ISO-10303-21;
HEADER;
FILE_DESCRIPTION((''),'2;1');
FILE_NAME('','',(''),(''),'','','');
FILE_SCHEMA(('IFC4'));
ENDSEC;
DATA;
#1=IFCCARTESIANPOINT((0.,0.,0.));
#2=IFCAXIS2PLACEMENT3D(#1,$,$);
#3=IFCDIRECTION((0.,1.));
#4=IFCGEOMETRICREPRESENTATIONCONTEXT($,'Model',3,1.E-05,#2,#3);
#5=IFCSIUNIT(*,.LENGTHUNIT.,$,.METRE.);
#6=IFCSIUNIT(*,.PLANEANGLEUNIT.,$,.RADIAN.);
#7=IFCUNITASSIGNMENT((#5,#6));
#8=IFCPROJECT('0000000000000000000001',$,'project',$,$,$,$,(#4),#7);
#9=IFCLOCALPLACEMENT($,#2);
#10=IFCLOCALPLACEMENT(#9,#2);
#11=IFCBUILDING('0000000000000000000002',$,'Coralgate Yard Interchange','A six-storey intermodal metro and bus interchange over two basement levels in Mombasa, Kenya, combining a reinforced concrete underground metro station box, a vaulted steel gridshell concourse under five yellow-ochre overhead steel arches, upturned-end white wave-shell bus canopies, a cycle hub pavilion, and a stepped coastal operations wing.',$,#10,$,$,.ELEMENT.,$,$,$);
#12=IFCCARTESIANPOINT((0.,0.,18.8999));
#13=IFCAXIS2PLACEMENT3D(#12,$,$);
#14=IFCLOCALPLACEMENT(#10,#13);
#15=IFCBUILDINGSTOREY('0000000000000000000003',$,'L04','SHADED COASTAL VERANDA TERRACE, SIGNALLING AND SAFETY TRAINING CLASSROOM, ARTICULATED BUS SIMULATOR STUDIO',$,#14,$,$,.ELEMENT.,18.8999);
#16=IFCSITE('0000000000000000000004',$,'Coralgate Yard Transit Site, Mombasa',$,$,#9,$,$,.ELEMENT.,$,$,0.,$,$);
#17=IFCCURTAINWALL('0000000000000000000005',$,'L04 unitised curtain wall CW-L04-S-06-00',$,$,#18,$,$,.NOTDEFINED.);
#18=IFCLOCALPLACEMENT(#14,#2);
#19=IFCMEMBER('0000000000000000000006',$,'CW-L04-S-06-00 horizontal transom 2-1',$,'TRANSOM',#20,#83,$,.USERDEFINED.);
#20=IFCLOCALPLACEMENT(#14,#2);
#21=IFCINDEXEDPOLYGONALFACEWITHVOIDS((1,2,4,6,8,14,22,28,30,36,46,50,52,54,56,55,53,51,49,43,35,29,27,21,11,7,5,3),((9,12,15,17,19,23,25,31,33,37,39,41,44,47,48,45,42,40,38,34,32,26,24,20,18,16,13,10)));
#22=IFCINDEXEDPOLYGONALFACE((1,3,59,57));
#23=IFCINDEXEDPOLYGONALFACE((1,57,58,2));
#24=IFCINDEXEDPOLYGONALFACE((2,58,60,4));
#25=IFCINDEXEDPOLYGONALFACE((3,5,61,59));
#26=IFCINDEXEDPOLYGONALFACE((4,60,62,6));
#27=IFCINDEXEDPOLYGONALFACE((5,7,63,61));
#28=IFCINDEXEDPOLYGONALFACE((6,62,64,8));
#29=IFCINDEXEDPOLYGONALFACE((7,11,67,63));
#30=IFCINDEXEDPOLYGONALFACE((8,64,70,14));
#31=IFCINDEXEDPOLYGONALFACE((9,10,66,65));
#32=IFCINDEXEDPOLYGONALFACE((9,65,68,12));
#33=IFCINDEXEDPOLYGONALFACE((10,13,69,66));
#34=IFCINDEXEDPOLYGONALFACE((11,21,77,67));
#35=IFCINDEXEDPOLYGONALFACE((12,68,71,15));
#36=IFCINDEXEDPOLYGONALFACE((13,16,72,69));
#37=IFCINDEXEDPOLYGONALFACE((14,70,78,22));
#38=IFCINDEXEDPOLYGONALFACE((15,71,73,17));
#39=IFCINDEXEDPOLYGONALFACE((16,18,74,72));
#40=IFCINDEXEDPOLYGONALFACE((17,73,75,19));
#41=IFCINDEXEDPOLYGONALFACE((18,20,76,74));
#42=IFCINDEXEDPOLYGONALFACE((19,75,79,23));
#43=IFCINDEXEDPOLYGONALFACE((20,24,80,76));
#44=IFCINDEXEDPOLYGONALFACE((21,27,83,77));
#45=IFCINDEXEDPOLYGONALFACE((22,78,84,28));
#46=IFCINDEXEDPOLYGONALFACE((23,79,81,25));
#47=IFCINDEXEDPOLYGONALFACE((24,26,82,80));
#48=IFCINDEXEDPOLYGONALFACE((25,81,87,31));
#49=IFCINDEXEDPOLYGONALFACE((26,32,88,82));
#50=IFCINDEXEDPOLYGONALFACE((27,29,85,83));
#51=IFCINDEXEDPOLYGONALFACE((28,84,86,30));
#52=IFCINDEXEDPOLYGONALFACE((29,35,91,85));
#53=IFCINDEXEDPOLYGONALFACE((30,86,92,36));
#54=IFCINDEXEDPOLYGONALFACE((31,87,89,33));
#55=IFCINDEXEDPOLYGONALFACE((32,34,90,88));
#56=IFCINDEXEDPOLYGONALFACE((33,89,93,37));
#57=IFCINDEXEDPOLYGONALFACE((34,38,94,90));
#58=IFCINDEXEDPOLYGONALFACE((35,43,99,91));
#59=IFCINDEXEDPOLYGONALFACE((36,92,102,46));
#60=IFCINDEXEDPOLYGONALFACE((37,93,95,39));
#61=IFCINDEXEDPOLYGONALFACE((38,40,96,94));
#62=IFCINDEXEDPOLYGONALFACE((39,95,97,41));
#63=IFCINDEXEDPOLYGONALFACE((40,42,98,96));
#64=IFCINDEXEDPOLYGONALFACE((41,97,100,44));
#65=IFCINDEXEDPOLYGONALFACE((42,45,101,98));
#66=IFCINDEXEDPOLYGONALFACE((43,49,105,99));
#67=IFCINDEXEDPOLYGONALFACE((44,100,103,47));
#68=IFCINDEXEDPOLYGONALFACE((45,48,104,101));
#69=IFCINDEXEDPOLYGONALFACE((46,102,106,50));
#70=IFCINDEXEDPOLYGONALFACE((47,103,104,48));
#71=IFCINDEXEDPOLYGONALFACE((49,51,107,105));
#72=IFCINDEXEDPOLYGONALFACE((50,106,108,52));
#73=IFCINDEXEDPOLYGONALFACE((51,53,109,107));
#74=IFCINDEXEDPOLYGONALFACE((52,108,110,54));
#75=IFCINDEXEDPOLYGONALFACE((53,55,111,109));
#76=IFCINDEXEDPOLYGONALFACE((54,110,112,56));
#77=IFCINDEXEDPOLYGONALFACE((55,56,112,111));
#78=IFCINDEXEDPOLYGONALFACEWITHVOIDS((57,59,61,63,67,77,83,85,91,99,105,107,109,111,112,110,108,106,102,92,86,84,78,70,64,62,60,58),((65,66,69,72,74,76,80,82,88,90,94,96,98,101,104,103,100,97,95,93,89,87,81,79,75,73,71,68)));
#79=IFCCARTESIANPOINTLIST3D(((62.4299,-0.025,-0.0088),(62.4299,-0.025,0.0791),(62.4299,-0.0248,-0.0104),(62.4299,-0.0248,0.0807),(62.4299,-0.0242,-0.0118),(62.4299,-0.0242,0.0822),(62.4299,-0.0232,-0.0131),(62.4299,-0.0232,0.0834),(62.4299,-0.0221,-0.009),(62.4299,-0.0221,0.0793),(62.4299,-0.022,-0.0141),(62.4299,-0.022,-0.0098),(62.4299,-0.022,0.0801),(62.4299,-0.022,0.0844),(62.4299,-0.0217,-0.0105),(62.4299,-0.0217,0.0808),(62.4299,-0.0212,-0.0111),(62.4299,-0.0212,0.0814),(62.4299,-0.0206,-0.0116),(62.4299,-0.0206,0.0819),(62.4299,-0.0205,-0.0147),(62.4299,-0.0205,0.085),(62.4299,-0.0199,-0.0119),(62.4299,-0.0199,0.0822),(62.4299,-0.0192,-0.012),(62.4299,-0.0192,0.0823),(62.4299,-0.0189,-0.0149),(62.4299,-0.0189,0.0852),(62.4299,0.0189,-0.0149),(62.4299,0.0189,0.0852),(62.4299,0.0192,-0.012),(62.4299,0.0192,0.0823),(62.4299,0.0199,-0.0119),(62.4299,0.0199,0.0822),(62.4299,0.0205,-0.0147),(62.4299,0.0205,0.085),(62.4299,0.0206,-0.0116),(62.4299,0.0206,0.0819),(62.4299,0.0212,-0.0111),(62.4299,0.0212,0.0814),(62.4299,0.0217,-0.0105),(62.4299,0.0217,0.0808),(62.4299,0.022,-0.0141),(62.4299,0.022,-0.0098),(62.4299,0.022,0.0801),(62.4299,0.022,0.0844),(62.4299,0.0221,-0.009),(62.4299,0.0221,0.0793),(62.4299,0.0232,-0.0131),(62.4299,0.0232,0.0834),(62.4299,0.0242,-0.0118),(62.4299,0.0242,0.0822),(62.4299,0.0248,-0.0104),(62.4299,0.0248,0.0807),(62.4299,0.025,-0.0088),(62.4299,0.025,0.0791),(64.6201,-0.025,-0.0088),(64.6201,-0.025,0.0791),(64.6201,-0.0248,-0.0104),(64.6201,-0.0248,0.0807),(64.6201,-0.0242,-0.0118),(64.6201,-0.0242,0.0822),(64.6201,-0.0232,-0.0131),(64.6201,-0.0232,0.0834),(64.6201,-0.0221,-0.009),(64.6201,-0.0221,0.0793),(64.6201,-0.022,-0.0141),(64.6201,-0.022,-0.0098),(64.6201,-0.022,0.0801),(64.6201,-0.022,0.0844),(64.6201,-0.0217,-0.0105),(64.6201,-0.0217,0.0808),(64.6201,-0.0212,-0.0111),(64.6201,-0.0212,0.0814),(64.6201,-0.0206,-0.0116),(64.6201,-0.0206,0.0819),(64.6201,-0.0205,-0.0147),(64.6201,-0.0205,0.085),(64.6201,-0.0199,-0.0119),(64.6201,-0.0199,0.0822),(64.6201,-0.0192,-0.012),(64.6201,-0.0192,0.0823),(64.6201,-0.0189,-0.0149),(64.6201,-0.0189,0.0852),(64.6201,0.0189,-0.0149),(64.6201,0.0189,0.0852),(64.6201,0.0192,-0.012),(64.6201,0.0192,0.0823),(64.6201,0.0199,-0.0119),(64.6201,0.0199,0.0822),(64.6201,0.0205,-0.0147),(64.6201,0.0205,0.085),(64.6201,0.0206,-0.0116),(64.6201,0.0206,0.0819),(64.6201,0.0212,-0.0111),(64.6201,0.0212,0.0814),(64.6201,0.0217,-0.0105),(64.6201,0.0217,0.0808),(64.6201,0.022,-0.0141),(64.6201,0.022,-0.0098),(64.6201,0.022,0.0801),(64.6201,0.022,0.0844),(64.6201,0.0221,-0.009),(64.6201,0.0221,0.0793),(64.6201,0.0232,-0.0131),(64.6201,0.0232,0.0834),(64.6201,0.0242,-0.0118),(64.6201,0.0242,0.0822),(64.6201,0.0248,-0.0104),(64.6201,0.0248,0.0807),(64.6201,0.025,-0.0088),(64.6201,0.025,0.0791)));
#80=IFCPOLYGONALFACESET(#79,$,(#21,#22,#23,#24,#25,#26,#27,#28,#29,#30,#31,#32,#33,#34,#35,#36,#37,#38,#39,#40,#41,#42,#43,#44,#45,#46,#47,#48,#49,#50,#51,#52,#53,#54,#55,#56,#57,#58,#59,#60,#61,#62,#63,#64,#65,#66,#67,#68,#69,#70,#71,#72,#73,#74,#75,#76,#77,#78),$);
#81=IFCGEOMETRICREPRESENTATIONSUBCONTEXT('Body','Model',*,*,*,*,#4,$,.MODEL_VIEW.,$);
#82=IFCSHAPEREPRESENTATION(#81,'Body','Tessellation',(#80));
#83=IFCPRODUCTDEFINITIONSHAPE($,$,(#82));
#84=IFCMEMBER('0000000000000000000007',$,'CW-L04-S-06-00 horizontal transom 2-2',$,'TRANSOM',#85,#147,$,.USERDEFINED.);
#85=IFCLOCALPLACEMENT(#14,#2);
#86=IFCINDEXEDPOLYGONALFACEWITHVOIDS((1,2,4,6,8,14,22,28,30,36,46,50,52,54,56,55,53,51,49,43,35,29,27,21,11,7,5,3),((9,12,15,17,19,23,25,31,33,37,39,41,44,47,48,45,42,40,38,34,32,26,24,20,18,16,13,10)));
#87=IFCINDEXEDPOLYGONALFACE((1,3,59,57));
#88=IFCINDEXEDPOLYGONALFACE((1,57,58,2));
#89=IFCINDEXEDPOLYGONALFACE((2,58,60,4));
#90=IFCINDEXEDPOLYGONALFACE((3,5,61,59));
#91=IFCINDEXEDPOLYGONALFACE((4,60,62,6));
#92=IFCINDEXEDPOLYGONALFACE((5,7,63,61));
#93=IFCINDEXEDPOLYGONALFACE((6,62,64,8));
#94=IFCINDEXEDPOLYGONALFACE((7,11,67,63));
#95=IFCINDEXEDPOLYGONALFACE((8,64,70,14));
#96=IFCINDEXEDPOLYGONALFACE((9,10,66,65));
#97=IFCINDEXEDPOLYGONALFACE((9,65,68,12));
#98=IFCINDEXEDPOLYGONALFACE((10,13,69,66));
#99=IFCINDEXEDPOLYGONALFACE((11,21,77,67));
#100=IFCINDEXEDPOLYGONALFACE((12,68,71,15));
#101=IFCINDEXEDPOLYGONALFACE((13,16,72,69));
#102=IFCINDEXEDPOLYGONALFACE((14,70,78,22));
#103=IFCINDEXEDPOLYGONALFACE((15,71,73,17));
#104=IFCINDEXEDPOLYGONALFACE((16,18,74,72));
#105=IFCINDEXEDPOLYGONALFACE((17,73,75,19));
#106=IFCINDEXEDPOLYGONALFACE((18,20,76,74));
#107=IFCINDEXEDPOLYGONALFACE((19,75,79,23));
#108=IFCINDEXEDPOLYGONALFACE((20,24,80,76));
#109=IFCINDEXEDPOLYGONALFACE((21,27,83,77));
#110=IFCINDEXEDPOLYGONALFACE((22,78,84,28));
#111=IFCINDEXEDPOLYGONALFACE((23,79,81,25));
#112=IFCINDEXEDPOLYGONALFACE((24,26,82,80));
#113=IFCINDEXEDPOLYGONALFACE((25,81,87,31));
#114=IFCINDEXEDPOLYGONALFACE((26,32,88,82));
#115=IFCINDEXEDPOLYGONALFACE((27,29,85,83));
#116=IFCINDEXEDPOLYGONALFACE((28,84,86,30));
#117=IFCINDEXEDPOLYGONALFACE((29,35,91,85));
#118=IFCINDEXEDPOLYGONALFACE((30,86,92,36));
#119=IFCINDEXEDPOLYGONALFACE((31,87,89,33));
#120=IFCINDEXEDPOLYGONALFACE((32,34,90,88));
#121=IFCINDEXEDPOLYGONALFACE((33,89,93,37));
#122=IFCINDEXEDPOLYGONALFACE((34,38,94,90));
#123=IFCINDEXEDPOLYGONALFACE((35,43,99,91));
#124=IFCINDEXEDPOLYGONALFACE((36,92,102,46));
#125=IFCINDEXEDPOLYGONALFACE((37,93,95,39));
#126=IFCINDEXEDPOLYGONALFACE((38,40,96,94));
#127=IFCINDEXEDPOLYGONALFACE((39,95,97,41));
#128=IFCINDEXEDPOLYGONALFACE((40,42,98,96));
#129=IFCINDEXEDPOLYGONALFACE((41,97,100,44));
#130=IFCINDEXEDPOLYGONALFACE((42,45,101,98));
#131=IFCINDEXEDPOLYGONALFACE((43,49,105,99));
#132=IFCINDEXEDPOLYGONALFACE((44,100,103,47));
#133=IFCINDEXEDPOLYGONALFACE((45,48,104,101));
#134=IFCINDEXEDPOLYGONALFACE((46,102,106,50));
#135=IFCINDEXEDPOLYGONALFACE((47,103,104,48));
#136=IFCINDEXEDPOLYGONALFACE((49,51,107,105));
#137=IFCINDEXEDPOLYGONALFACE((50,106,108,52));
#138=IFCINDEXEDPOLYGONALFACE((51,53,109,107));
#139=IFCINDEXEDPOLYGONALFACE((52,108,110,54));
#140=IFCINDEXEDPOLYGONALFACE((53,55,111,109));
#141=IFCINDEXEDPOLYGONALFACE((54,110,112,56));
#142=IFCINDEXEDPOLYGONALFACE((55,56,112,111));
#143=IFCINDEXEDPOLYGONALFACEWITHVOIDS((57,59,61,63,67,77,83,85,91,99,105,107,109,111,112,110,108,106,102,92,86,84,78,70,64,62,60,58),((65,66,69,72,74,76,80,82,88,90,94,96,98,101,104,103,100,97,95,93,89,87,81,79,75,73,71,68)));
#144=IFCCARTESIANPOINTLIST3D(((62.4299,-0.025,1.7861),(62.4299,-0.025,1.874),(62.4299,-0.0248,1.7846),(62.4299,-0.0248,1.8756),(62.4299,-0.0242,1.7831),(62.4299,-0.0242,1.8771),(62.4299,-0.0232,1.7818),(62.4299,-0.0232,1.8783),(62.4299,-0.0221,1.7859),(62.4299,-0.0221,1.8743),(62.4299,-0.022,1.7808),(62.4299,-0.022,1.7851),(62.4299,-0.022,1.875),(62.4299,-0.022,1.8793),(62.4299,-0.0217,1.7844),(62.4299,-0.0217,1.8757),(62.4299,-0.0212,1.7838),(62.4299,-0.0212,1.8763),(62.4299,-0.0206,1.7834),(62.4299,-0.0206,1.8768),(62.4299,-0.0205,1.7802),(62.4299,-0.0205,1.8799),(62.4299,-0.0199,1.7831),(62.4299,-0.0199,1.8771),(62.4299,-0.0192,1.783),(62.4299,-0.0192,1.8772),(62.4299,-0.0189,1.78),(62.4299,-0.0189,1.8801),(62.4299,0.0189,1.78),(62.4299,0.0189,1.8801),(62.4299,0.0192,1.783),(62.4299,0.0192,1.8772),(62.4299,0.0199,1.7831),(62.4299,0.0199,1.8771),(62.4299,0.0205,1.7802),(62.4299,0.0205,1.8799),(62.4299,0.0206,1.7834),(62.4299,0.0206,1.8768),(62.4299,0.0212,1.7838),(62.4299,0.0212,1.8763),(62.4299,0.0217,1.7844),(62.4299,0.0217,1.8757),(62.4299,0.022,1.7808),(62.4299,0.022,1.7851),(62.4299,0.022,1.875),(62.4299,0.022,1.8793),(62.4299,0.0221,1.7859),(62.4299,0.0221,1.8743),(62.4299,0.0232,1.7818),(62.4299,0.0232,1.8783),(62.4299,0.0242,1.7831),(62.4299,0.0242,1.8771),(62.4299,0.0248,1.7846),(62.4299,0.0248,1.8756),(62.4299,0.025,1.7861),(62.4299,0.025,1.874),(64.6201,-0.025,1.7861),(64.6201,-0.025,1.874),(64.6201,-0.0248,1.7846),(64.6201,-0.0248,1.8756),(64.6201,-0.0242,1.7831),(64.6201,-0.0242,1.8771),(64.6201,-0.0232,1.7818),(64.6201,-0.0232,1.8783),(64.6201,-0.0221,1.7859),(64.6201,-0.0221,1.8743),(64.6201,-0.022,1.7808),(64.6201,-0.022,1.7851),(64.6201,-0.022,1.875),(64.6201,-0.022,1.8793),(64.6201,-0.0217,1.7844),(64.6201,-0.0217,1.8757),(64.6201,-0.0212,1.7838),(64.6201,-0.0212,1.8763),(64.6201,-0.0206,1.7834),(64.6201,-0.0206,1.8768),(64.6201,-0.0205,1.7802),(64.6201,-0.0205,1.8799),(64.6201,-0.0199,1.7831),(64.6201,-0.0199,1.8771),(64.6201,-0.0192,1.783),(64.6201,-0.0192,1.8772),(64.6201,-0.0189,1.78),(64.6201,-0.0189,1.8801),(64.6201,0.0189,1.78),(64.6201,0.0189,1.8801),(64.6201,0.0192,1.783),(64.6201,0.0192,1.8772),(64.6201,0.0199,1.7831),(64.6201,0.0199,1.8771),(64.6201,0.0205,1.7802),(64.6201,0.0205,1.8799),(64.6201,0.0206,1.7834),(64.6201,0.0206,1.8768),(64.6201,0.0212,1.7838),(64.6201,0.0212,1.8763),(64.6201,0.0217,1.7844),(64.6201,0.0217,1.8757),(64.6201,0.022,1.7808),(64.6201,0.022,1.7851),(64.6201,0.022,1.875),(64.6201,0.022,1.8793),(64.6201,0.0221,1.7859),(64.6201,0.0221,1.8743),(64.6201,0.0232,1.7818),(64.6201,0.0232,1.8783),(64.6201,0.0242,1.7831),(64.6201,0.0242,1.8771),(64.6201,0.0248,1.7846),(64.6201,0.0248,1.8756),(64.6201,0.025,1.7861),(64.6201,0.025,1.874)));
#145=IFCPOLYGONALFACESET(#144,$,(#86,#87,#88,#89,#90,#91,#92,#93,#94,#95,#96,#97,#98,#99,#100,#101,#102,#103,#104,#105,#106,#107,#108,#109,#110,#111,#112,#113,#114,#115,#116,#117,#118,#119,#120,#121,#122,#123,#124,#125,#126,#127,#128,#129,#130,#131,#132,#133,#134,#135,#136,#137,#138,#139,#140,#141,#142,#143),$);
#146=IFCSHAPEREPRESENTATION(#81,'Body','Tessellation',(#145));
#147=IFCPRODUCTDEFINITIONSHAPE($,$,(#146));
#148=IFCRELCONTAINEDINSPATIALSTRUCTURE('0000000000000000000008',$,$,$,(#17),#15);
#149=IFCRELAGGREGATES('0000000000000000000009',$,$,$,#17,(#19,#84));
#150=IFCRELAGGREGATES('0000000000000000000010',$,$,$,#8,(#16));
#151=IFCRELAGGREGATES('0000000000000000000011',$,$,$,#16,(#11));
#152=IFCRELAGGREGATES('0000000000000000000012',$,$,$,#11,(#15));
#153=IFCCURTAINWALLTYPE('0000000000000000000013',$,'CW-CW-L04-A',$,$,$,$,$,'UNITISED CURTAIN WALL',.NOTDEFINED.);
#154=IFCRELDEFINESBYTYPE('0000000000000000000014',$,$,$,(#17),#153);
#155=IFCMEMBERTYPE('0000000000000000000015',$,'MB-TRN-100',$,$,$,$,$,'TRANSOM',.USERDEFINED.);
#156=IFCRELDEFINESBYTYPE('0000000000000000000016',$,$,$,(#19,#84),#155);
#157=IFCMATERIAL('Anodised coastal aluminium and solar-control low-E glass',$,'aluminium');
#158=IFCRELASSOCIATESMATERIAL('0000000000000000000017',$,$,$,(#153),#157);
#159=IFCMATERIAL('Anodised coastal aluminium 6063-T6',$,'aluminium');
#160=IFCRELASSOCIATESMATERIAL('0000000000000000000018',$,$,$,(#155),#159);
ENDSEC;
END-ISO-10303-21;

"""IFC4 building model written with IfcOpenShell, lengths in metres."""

from ifc_helpers import new_model, si_unit, direction, frame, origin, origin_2d, place, context, subcontext, project, spatial, hollow_rectangle, extrude, material, material_profile, profile_set, type_object, element, aggregate, save


model = new_model("IFC4")

# Units and contexts
model_context = context("Model", 3, precision=1e-05, world=origin(), true_north=direction((0.0, 1.0)))
body_context = subcontext(model_context, "Body", "Model", "MODEL_VIEW")
ifc_project = project(units=[si_unit("LENGTHUNIT", "METRE"), si_unit("PLANEANGLEUNIT", "RADIAN")], contexts=[model_context])

# Site, building, storey
site_placement = place(None, origin())
site = spatial("IfcSite", under=ifc_project, at=site_placement, Name="Coralgate Yard Transit Site, Mombasa", CompositionType="ELEMENT", RefElevation=0.0)
building_placement = place(site_placement, origin())
building = spatial("IfcBuilding", under=site, at=building_placement, Name="Coralgate Yard Interchange", Description="A six-storey intermodal metro and bus interchange over two basement levels in Mombasa, Kenya, combining a reinforced concrete underground metro station box, a vaulted steel gridshell concourse under five yellow-ochre overhead steel arches, upturned-end white wave-shell bus canopies, a cycle hub pavilion, and a stepped coastal operations wing.", CompositionType="ELEMENT")
storey_placement = place(building_placement, frame((0.0, 0.0, 18.8999)))
storey = spatial("IfcBuildingStorey", under=building, at=storey_placement, Name="L04", Description="SHADED COASTAL VERANDA TERRACE, SIGNALLING AND SAFETY TRAINING CLASSROOM, ARTICULATED BUS SIMULATOR STUDIO", CompositionType="ELEMENT", Elevation=18.8999)

# Curtain wall
ifc_material_1 = material(Name="Anodised coastal aluminium and solar-control low-E glass", Category="aluminium")
curtain_wall_type = type_object("IfcCurtainWallType", Name="CW-CW-L04-A", ElementType="UNITISED CURTAIN WALL", PredefinedType="NOTDEFINED", material=ifc_material_1)
curtain_wall_1_placement = place(storey_placement, origin())
curtain_wall_1 = element("IfcCurtainWall", 1, at=curtain_wall_1_placement, inside=storey, type_object=curtain_wall_type, Name="L04 unitised curtain wall CW-L04-S-06-00", PredefinedType="NOTDEFINED")
ifc_material_2 = material(Name="Anodised coastal aluminium 6063-T6", Category="aluminium")

# Members
ifc_material_profile_1 = material_profile(ifc_material_2, hollow_rectangle(XDim=0.05, YDim=0.1001, WallThickness=0.0029, InnerFilletRadius=0.0029, OuterFilletRadius=0.0061, at=origin_2d()), Name="ALU 50x100x3")
ifc_profile_set_1 = profile_set([ifc_material_profile_1], Name="Anodised coastal aluminium 6063-T6")
member_type_1 = type_object("IfcMemberType", Name="MB-TRN-100", ElementType="TRANSOM", PredefinedType="USERDEFINED", material=ifc_profile_set_1)
member_1_placement = place(storey_placement, frame((64.6201, 0.0, 0.0352), z_axis=(-1.0, 0.0, 0.0), x_axis=(0.0, -1.0, 0.0)))
member_1 = element("IfcMember", 2, at=member_1_placement, type_object=member_type_1, Name="CW-L04-S-06-00 horizontal transom 2-1", ObjectType="TRANSOM", PredefinedType="USERDEFINED", context=body_context, shape_type="SweptSolid", body=[
    extrude(hollow_rectangle(XDim=0.05, YDim=0.1001, WallThickness=0.0029, InnerFilletRadius=0.0029, OuterFilletRadius=0.0061, at=origin_2d()), origin(), (0.0, 0.0, 1.0), 2.1902),
])
member_2_placement = place(storey_placement, frame((64.6201, 0.0, 1.8301), z_axis=(-1.0, 0.0, 0.0), x_axis=(0.0, -1.0, 0.0)))
member_2 = element("IfcMember", 3, at=member_2_placement, type_object=member_type_1, Name="CW-L04-S-06-00 horizontal transom 2-2", ObjectType="TRANSOM", PredefinedType="USERDEFINED", context=body_context, shape_type="SweptSolid", body=[
    extrude(hollow_rectangle(XDim=0.05, YDim=0.1001, WallThickness=0.0029, InnerFilletRadius=0.0029, OuterFilletRadius=0.0061, at=origin_2d()), origin(), (0.0, 0.0, 1.0), 2.1902),
])

aggregate(curtain_wall_1, [member_1, member_2])

save(model, "model.ifc")
